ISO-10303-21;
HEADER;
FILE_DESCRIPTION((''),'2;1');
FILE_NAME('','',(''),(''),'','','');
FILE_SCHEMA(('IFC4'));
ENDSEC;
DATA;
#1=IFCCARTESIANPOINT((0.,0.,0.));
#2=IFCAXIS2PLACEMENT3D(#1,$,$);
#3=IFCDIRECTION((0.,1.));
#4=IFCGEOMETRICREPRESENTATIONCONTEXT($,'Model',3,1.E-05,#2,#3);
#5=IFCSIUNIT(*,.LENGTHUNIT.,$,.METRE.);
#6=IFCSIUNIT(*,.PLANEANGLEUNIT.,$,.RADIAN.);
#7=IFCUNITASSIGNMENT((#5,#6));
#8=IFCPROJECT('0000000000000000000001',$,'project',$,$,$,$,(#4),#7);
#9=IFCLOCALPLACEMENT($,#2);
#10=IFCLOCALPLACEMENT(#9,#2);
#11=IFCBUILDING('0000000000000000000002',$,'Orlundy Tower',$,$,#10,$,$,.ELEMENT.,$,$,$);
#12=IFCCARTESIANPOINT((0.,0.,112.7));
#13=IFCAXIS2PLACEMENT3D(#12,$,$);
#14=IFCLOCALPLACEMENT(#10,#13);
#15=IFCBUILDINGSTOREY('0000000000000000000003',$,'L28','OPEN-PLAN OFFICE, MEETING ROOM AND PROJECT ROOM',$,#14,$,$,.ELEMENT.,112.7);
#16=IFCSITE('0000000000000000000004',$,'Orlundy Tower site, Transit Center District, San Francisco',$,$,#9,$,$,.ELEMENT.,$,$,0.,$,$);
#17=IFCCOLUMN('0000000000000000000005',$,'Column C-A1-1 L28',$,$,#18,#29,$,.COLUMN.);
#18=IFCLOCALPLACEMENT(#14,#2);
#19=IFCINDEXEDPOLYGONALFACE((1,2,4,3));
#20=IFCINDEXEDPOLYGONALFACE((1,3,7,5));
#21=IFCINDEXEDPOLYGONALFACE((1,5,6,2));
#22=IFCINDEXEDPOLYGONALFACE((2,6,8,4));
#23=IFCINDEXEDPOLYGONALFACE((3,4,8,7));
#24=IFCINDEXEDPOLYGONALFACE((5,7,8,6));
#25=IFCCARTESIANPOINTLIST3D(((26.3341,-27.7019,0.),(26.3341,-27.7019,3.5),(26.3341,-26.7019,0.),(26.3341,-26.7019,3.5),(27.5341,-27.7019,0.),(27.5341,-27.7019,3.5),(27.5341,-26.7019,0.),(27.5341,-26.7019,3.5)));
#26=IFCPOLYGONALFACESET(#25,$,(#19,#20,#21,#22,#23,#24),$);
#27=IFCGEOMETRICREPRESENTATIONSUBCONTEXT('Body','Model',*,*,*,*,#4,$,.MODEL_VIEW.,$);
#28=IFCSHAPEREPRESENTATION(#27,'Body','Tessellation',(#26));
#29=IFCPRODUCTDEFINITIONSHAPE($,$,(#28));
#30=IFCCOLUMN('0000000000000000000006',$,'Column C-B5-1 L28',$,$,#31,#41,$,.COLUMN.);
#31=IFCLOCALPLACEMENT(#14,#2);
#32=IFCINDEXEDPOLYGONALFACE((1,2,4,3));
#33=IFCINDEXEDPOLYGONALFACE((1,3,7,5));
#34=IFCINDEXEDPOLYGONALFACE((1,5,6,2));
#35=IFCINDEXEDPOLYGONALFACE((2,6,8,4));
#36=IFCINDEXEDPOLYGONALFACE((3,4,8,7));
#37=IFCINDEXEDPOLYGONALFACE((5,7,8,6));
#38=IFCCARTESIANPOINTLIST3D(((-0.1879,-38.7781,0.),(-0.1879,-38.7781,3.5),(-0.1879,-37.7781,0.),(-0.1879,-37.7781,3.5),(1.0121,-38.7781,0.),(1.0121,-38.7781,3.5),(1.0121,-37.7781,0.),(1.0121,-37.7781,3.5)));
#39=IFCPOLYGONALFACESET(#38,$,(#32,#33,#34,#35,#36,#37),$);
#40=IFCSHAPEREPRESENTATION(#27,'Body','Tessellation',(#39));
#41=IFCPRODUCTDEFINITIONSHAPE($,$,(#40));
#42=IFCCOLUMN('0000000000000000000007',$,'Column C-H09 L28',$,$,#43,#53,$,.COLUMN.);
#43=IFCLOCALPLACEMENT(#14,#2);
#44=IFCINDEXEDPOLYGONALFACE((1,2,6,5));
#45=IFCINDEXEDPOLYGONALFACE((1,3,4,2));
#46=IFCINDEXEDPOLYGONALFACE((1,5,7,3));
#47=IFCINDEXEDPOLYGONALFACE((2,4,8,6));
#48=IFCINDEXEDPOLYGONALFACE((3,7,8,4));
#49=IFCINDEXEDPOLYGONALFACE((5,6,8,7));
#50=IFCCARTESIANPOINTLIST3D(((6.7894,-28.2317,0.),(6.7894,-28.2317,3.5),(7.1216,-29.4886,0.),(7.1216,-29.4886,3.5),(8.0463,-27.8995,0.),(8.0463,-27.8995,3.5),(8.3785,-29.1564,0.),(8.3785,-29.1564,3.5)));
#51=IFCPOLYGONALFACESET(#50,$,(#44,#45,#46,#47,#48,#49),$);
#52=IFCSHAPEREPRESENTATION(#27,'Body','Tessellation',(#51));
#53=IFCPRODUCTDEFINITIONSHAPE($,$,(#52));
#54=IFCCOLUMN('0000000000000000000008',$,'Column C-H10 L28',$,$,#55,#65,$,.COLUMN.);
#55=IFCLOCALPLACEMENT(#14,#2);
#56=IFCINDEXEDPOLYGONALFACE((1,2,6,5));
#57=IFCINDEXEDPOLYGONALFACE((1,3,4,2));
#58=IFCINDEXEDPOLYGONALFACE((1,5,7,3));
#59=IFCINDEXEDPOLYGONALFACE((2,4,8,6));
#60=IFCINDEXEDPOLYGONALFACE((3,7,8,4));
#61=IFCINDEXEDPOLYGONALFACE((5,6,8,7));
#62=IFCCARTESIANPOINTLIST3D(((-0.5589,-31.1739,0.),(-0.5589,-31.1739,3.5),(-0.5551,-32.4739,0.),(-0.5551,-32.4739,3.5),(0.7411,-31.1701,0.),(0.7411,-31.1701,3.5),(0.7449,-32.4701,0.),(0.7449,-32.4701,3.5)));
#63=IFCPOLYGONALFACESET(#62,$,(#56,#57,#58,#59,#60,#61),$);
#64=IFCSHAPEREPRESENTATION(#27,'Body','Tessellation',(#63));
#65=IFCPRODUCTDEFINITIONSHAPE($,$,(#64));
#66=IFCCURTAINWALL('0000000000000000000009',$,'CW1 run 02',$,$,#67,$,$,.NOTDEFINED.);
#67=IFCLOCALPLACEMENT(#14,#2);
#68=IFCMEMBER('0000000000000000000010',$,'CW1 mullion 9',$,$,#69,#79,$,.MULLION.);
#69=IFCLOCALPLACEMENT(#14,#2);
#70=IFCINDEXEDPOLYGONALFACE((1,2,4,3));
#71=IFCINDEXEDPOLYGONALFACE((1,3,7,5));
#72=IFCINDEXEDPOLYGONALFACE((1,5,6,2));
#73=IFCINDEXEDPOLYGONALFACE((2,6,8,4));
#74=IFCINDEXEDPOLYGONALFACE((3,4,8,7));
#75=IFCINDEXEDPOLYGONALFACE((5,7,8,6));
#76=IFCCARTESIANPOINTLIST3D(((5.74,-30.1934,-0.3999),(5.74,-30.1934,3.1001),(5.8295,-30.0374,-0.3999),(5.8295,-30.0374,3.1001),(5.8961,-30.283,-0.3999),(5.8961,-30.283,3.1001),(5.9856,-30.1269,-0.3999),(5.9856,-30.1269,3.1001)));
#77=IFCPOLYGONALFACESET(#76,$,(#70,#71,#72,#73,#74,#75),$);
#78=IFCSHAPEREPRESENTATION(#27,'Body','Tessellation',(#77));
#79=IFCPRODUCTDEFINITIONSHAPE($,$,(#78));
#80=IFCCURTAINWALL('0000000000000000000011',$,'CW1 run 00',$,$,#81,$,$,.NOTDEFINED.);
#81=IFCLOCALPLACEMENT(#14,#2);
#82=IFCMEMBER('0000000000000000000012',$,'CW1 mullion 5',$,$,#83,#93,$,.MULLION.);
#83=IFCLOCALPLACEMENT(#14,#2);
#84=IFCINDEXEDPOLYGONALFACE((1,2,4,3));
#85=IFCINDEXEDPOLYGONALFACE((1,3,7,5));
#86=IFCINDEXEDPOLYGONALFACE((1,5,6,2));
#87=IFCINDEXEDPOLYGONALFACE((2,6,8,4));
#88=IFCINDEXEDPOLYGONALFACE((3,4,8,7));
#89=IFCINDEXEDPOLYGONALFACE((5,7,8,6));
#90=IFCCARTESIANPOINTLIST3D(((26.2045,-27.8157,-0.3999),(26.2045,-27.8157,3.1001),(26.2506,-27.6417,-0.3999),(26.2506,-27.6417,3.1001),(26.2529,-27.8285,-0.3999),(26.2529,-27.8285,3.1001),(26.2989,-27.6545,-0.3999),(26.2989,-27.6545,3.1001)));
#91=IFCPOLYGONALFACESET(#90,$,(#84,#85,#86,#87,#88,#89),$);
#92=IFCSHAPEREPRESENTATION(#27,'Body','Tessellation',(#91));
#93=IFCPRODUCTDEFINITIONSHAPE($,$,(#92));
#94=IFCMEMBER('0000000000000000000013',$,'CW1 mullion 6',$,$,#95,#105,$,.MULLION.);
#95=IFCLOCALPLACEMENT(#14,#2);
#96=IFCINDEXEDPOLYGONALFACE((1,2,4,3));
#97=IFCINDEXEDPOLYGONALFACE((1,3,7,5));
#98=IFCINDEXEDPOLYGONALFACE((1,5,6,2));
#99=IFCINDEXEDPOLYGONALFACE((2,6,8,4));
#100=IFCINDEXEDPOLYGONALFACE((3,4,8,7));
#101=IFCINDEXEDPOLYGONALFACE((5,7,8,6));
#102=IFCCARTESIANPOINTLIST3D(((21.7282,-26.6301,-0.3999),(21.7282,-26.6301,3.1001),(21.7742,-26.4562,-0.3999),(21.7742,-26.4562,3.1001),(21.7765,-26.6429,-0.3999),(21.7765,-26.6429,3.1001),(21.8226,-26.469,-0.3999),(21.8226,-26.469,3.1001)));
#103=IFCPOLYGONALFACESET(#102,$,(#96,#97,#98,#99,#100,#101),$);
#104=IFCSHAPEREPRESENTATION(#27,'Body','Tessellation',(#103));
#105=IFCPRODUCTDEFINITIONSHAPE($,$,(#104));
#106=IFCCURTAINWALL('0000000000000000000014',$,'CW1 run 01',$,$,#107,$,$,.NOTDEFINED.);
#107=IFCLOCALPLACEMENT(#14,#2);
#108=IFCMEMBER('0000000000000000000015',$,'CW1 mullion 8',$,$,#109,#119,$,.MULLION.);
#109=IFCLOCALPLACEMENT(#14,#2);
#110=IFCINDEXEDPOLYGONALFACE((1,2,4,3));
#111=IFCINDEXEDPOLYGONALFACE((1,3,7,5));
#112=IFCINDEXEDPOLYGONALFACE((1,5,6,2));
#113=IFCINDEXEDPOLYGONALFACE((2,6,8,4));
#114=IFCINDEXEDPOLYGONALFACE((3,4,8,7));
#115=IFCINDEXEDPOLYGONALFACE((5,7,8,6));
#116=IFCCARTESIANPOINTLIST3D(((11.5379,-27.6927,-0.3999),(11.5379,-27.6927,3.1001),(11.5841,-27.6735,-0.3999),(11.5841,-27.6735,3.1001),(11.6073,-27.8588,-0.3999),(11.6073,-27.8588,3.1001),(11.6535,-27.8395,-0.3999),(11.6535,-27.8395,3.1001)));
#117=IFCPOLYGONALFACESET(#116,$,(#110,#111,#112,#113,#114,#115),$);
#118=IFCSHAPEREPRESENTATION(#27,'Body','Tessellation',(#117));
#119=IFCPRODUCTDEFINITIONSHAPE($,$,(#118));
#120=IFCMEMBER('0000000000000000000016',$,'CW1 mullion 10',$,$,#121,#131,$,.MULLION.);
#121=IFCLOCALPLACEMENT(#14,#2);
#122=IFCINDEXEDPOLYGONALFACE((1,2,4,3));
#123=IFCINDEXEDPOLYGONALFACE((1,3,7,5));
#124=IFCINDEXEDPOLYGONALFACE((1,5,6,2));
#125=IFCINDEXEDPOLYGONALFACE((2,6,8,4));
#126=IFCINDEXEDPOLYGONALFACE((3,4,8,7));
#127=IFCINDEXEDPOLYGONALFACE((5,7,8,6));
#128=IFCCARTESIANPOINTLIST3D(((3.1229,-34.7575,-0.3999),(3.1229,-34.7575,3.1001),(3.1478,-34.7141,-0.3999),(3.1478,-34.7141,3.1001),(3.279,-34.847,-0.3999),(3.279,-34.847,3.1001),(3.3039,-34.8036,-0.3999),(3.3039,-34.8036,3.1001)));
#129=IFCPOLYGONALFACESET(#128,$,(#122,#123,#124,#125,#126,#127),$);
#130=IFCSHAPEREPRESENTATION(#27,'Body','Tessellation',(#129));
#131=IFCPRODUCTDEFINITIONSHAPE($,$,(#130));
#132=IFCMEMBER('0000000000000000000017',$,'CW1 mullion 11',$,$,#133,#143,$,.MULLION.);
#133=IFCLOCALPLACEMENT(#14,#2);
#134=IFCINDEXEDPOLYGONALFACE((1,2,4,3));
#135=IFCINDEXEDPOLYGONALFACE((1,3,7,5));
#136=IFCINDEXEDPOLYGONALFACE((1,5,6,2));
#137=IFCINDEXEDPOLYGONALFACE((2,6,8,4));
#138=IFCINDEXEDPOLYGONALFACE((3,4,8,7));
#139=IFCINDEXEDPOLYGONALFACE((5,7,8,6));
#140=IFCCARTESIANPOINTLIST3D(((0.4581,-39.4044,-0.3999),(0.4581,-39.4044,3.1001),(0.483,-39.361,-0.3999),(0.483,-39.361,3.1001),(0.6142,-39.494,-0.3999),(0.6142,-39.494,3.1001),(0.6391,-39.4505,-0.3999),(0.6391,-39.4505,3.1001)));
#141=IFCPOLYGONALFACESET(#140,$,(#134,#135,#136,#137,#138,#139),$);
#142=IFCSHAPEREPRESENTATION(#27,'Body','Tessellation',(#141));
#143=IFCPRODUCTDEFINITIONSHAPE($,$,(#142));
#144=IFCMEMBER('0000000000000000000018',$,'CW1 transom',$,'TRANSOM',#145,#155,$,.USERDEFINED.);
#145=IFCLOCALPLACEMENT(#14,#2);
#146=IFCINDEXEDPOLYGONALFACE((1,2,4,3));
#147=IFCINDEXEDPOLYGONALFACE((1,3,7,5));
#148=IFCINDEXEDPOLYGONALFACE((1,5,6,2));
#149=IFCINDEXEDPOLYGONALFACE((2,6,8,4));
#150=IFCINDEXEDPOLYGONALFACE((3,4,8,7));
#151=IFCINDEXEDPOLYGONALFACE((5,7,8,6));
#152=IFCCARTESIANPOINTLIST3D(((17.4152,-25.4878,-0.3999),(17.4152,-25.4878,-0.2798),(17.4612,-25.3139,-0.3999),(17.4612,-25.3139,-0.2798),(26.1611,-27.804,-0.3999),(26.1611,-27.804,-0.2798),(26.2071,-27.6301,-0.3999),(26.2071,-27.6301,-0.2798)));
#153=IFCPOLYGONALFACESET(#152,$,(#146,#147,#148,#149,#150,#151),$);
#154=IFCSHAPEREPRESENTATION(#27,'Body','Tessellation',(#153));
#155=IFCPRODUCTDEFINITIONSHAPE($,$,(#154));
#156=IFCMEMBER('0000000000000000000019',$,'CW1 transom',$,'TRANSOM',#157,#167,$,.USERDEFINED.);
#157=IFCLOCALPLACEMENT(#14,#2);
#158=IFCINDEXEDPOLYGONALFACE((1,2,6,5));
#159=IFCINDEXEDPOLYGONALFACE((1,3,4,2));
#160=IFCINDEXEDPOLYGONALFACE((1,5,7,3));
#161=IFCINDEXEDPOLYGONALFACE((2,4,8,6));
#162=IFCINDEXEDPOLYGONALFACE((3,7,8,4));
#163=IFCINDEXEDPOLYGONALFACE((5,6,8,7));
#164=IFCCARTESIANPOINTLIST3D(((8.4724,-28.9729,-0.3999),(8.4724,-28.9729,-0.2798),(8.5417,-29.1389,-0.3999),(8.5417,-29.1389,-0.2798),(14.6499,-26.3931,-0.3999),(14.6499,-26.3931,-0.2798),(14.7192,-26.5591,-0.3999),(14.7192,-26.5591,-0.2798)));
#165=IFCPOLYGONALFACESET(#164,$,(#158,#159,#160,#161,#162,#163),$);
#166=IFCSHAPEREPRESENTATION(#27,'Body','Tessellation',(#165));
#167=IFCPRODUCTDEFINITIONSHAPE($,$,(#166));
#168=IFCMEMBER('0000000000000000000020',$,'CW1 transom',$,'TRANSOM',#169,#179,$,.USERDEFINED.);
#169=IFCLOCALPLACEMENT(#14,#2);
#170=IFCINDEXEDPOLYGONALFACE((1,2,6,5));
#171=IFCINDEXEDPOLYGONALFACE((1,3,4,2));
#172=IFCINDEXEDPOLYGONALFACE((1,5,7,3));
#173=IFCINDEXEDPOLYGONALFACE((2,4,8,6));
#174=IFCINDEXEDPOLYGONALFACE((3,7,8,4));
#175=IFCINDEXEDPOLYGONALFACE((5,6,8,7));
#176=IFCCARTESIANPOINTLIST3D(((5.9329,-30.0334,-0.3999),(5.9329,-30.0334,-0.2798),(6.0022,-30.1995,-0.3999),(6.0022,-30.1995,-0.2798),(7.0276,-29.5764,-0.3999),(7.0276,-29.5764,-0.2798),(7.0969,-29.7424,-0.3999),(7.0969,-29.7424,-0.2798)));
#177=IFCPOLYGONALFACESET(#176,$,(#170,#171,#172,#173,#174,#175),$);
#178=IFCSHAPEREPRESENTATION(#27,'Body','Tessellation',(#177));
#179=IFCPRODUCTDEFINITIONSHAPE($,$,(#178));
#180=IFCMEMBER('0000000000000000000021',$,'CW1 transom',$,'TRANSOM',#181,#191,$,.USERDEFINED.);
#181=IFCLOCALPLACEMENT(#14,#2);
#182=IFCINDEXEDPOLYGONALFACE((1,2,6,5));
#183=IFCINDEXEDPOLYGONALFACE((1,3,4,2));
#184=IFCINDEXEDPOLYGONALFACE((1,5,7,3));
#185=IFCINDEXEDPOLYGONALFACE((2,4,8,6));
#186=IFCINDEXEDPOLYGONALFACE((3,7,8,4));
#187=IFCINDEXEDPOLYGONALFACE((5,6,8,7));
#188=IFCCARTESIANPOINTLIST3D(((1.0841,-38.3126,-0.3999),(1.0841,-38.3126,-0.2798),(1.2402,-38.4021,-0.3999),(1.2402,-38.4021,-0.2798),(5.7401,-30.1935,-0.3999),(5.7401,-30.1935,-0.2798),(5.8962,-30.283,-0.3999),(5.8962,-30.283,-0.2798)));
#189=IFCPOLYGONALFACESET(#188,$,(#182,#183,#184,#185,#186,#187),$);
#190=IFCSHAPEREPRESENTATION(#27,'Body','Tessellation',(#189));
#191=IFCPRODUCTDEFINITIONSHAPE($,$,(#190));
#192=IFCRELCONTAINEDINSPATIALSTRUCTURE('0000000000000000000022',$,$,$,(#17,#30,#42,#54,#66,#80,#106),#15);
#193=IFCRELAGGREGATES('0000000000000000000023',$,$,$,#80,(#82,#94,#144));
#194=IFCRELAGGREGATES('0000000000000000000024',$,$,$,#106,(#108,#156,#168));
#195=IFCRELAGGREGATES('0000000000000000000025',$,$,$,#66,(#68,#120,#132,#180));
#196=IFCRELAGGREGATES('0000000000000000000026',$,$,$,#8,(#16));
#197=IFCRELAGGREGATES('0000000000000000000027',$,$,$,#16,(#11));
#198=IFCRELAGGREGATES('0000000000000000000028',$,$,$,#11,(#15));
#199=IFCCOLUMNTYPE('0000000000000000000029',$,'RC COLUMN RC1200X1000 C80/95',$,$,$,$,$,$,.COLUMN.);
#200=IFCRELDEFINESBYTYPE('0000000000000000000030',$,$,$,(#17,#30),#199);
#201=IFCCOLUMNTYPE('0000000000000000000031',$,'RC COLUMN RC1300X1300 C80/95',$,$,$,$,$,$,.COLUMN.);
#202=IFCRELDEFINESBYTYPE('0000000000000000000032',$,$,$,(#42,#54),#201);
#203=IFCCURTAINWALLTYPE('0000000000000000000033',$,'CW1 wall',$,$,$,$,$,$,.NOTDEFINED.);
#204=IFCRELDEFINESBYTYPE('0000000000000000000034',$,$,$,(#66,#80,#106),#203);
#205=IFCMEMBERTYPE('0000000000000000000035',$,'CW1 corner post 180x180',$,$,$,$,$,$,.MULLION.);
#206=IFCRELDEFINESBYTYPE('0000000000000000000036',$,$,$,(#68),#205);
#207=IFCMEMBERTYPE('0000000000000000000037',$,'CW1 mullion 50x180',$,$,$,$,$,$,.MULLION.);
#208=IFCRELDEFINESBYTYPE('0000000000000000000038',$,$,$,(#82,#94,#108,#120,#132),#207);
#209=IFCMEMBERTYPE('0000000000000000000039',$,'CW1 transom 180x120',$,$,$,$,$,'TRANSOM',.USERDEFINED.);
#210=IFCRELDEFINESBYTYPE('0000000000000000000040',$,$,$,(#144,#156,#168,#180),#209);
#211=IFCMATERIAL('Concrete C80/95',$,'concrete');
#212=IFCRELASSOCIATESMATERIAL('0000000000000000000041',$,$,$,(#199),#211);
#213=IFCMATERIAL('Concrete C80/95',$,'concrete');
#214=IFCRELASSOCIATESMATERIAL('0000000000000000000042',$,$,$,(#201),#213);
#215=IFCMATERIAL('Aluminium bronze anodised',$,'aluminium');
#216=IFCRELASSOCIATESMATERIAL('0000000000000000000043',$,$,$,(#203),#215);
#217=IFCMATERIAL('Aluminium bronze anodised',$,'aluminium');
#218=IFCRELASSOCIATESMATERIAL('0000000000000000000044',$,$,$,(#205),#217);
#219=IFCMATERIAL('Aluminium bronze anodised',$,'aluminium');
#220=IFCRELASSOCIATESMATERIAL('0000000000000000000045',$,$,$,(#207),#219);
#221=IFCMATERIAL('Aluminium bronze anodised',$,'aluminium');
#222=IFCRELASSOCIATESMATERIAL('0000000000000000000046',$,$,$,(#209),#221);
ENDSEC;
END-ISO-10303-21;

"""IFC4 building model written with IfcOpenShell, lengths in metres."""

from ifc_helpers import new_model, si_unit, direction, frame, origin, origin_2d, place, context, subcontext, project, spatial, rectangle, extrude, material, material_profile, profile_set, type_object, element, aggregate, save


model = new_model("IFC4")

# Units and contexts
model_context = context("Model", 3, precision=1e-05, world=origin(), true_north=direction((0.0, 1.0)))
body_context = subcontext(model_context, "Body", "Model", "MODEL_VIEW")
ifc_project = project(units=[si_unit("LENGTHUNIT", "METRE"), si_unit("PLANEANGLEUNIT", "RADIAN")], contexts=[model_context])

# Site, building, storey
site_placement = place(None, origin())
site = spatial("IfcSite", under=ifc_project, at=site_placement, Name="Orlundy Tower site, Transit Center District, San Francisco", CompositionType="ELEMENT", RefElevation=0.0)
building_placement = place(site_placement, origin())
building = spatial("IfcBuilding", under=site, at=building_placement, Name="Orlundy Tower", CompositionType="ELEMENT")
storey_placement = place(building_placement, frame((0.0, 0.0, 112.7)))
storey = spatial("IfcBuildingStorey", under=building, at=storey_placement, Name="L28", Description="OPEN-PLAN OFFICE, MEETING ROOM AND PROJECT ROOM", CompositionType="ELEMENT", Elevation=112.7)

# Columns
ifc_material_1 = material(Name="Concrete C80/95", Category="concrete")
ifc_material_profile_1 = material_profile(ifc_material_1, rectangle(XDim=1.2, YDim=1.0, at=origin_2d()), Name="RC1200X1000")
ifc_profile_set_1 = profile_set([ifc_material_profile_1], Name="Concrete C80/95")
column_type_1 = type_object("IfcColumnType", Name="RC COLUMN RC1200X1000 C80/95", PredefinedType="COLUMN", material=ifc_profile_set_1)
for number, where, z_axis, x_axis, name in (
    (1, (26.9341, -27.2019, 0.0), (0.0, 0.0, 1.0), (1.0, 0.0, 0.0), "Column C-A1-1 L28"),
    (2, (0.4121, -38.2781, 0.0), (0.0, 0.0, 1.0), (1.0, 0.0, 0.0), "Column C-B5-1 L28"),
):
    element("IfcColumn", number, at=place(storey_placement, frame(where, z_axis=z_axis, x_axis=x_axis)), inside=storey, type_object=column_type_1, Name=name, PredefinedType="COLUMN", context=body_context, shape_type="SweptSolid", body=[
        extrude(rectangle(XDim=1.2, YDim=1.0, at=origin_2d()), origin(), (0.0, 0.0, 1.0), 3.5),
    ])
ifc_material_2 = material(Name="Concrete C80/95", Category="concrete")
ifc_material_profile_2 = material_profile(ifc_material_2, rectangle(XDim=1.3, YDim=1.3, at=origin_2d()), Name="RC1300X1300")
ifc_profile_set_2 = profile_set([ifc_material_profile_2], Name="Concrete C80/95")
column_type_2 = type_object("IfcColumnType", Name="RC COLUMN RC1300X1300 C80/95", PredefinedType="COLUMN", material=ifc_profile_set_2)
for number, where, z_axis, x_axis, name in (
    (3, (7.584, -28.6941, 0.0), (0.0, 0.0, 1.0), (0.25553, -0.966801, 0.0), "Column C-H09 L28"),
    (4, (0.093, -31.822, 0.0), (0.0, 0.0, 1.0), (0.002915, -0.999996, 0.0), "Column C-H10 L28"),
):
    element("IfcColumn", number, at=place(storey_placement, frame(where, z_axis=z_axis, x_axis=x_axis)), inside=storey, type_object=column_type_2, Name=name, PredefinedType="COLUMN", context=body_context, shape_type="SweptSolid", body=[
        extrude(rectangle(XDim=1.3, YDim=1.3, at=origin_2d()), origin(), (0.0, 0.0, 1.0), 3.5),
    ])

# Curtain wall, member
ifc_material_3 = material(Name="Aluminium bronze anodised", Category="aluminium")
curtain_wall_type = type_object("IfcCurtainWallType", Name="CW1 wall", PredefinedType="NOTDEFINED", material=ifc_material_3)
curtain_wall_1_placement = place(storey_placement, origin())
curtain_wall_1 = element("IfcCurtainWall", 5, at=curtain_wall_1_placement, inside=storey, type_object=curtain_wall_type, Name="CW1 run 02", PredefinedType="NOTDEFINED")
ifc_material_4 = material(Name="Aluminium bronze anodised", Category="aluminium")
ifc_material_profile_3 = material_profile(ifc_material_4, rectangle(XDim=0.1799, YDim=0.1799, at=origin_2d()), Name="CW1 corner post 180x180")
ifc_profile_set_3 = profile_set([ifc_material_profile_3], Name="Aluminium bronze anodised")
member_type_1 = type_object("IfcMemberType", Name="CW1 corner post 180x180", PredefinedType="MULLION", material=ifc_profile_set_3)
member_1_placement = place(storey_placement, frame((5.8628, -30.1602, -0.3999), z_axis=(0.0, 0.0, 1.0), x_axis=(0.867479, -0.497473, 0.0)))
member_1 = element("IfcMember", 6, at=member_1_placement, type_object=member_type_1, Name="CW1 mullion 9", PredefinedType="MULLION", context=body_context, shape_type="SweptSolid", body=[
    extrude(rectangle(XDim=0.1799, YDim=0.1799, at=origin_2d()), origin(), (0.0, 0.0, 1.0), 3.5),
])

# Curtain wall, members
curtain_wall_2_placement = place(storey_placement, origin())
curtain_wall_2 = element("IfcCurtainWall", 7, at=curtain_wall_2_placement, inside=storey, type_object=curtain_wall_type, Name="CW1 run 00", PredefinedType="NOTDEFINED")
ifc_material_5 = material(Name="Aluminium bronze anodised", Category="aluminium")
ifc_material_profile_4 = material_profile(ifc_material_5, rectangle(XDim=0.1799, YDim=0.05, at=origin_2d()), Name="CW1 mullion 50x180")
ifc_profile_set_4 = profile_set([ifc_material_profile_4], Name="Aluminium bronze anodised")
member_type_2 = type_object("IfcMemberType", Name="CW1 mullion 50x180", PredefinedType="MULLION", material=ifc_profile_set_4)
member_2_placement = place(storey_placement, frame((26.2517, -27.7351, -0.3999), z_axis=(0.0, 0.0, 1.0), x_axis=(-0.256011, -0.966674, 0.0)))
member_2 = element("IfcMember", 8, at=member_2_placement, type_object=member_type_2, Name="CW1 mullion 5", PredefinedType="MULLION", context=body_context, shape_type="SweptSolid", body=[
    extrude(rectangle(XDim=0.1799, YDim=0.05, at=origin_2d()), origin(), (0.0, 0.0, 1.0), 3.5),
])
member_3_placement = place(storey_placement, frame((21.7754, -26.5496, -0.3999), z_axis=(0.0, 0.0, 1.0), x_axis=(-0.256011, -0.966674, 0.0)))
member_3 = element("IfcMember", 9, at=member_3_placement, type_object=member_type_2, Name="CW1 mullion 6", PredefinedType="MULLION", context=body_context, shape_type="SweptSolid", body=[
    extrude(rectangle(XDim=0.1799, YDim=0.05, at=origin_2d()), origin(), (0.0, 0.0, 1.0), 3.5),
])

# Curtain wall, member
curtain_wall_3_placement = place(storey_placement, origin())
curtain_wall_3 = element("IfcCurtainWall", 10, at=curtain_wall_3_placement, inside=storey, type_object=curtain_wall_type, Name="CW1 run 01", PredefinedType="NOTDEFINED")
member_4_placement = place(storey_placement, frame((11.5957, -27.7661, -0.3999), z_axis=(0.0, 0.0, 1.0), x_axis=(0.385377, -0.922759, 0.0)))
member_4 = element("IfcMember", 11, at=member_4_placement, type_object=member_type_2, Name="CW1 mullion 8", PredefinedType="MULLION", context=body_context, shape_type="SweptSolid", body=[
    extrude(rectangle(XDim=0.1799, YDim=0.05, at=origin_2d()), origin(), (0.0, 0.0, 1.0), 3.5),
])

# Members
member_5_placement = place(storey_placement, frame((3.2134, -34.7805, -0.3999), z_axis=(0.0, 0.0, 1.0), x_axis=(0.867479, -0.497473, 0.0)))
member_5 = element("IfcMember", 12, at=member_5_placement, type_object=member_type_2, Name="CW1 mullion 10", PredefinedType="MULLION", context=body_context, shape_type="SweptSolid", body=[
    extrude(rectangle(XDim=0.1799, YDim=0.05, at=origin_2d()), origin(), (0.0, 0.0, 1.0), 3.5),
])
member_6_placement = place(storey_placement, frame((0.5486, -39.4275, -0.3999), z_axis=(0.0, 0.0, 1.0), x_axis=(0.867479, -0.497473, 0.0)))
member_6 = element("IfcMember", 13, at=member_6_placement, type_object=member_type_2, Name="CW1 mullion 11", PredefinedType="MULLION", context=body_context, shape_type="SweptSolid", body=[
    extrude(rectangle(XDim=0.1799, YDim=0.05, at=origin_2d()), origin(), (0.0, 0.0, 1.0), 3.5),
])
ifc_material_6 = material(Name="Aluminium bronze anodised", Category="aluminium")
ifc_material_profile_5 = material_profile(ifc_material_6, rectangle(XDim=0.1799, YDim=0.1201, at=origin_2d()), Name="CW1 transom 180x120")
ifc_profile_set_5 = profile_set([ifc_material_profile_5], Name="Aluminium bronze anodised")
member_type_3 = type_object("IfcMemberType", Name="CW1 transom 180x120", ElementType="TRANSOM", PredefinedType="USERDEFINED", material=ifc_profile_set_5)
member_7_placement = place(storey_placement, frame((26.1841, -27.717, -0.3398), z_axis=(-0.966676, 0.256005, 0.0), x_axis=(-0.256005, -0.966676, 0.0)))
member_7 = element("IfcMember", 14, at=member_7_placement, type_object=member_type_3, Name="CW1 transom", ObjectType="TRANSOM", PredefinedType="USERDEFINED", context=body_context, shape_type="SweptSolid", body=[
    extrude(rectangle(XDim=0.1799, YDim=0.1201, at=origin_2d()), origin(), (0.0, 0.0, 1.0), 9.0474),
])
member_8_placement = place(storey_placement, frame((14.6846, -26.4761, -0.3398), z_axis=(-0.922765, -0.385364, 0.0), x_axis=(0.385364, -0.922765, 0.0)))
member_8 = element("IfcMember", 15, at=member_8_placement, type_object=member_type_3, Name="CW1 transom", ObjectType="TRANSOM", PredefinedType="USERDEFINED", context=body_context, shape_type="SweptSolid", body=[
    extrude(rectangle(XDim=0.1799, YDim=0.1201, at=origin_2d()), origin(), (0.0, 0.0, 1.0), 6.6946),
])
member_9_placement = place(storey_placement, frame((7.0623, -29.6594, -0.3398), z_axis=(-0.922809, -0.385258, 0.0), x_axis=(0.385258, -0.922809, 0.0)))
member_9 = element("IfcMember", 16, at=member_9_placement, type_object=member_type_3, Name="CW1 transom", ObjectType="TRANSOM", PredefinedType="USERDEFINED", context=body_context, shape_type="SweptSolid", body=[
    extrude(rectangle(XDim=0.1799, YDim=0.1201, at=origin_2d()), origin(), (0.0, 0.0, 1.0), 1.1863),
])
member_10_placement = place(storey_placement, frame((5.8181, -30.2383, -0.3398), z_axis=(-0.497467, -0.867483, 0.0), x_axis=(0.867483, -0.497467, 0.0)))
member_10 = element("IfcMember", 17, at=member_10_placement, type_object=member_type_3, Name="CW1 transom", ObjectType="TRANSOM", PredefinedType="USERDEFINED", context=body_context, shape_type="SweptSolid", body=[
    extrude(rectangle(XDim=0.1799, YDim=0.1201, at=origin_2d()), origin(), (0.0, 0.0, 1.0), 9.3594),
])

aggregate(curtain_wall_2, [member_2, member_3, member_7])
aggregate(curtain_wall_3, [member_4, member_8, member_9])
aggregate(curtain_wall_1, [member_1, member_5, member_6, member_10])

save(model, "model.ifc")
